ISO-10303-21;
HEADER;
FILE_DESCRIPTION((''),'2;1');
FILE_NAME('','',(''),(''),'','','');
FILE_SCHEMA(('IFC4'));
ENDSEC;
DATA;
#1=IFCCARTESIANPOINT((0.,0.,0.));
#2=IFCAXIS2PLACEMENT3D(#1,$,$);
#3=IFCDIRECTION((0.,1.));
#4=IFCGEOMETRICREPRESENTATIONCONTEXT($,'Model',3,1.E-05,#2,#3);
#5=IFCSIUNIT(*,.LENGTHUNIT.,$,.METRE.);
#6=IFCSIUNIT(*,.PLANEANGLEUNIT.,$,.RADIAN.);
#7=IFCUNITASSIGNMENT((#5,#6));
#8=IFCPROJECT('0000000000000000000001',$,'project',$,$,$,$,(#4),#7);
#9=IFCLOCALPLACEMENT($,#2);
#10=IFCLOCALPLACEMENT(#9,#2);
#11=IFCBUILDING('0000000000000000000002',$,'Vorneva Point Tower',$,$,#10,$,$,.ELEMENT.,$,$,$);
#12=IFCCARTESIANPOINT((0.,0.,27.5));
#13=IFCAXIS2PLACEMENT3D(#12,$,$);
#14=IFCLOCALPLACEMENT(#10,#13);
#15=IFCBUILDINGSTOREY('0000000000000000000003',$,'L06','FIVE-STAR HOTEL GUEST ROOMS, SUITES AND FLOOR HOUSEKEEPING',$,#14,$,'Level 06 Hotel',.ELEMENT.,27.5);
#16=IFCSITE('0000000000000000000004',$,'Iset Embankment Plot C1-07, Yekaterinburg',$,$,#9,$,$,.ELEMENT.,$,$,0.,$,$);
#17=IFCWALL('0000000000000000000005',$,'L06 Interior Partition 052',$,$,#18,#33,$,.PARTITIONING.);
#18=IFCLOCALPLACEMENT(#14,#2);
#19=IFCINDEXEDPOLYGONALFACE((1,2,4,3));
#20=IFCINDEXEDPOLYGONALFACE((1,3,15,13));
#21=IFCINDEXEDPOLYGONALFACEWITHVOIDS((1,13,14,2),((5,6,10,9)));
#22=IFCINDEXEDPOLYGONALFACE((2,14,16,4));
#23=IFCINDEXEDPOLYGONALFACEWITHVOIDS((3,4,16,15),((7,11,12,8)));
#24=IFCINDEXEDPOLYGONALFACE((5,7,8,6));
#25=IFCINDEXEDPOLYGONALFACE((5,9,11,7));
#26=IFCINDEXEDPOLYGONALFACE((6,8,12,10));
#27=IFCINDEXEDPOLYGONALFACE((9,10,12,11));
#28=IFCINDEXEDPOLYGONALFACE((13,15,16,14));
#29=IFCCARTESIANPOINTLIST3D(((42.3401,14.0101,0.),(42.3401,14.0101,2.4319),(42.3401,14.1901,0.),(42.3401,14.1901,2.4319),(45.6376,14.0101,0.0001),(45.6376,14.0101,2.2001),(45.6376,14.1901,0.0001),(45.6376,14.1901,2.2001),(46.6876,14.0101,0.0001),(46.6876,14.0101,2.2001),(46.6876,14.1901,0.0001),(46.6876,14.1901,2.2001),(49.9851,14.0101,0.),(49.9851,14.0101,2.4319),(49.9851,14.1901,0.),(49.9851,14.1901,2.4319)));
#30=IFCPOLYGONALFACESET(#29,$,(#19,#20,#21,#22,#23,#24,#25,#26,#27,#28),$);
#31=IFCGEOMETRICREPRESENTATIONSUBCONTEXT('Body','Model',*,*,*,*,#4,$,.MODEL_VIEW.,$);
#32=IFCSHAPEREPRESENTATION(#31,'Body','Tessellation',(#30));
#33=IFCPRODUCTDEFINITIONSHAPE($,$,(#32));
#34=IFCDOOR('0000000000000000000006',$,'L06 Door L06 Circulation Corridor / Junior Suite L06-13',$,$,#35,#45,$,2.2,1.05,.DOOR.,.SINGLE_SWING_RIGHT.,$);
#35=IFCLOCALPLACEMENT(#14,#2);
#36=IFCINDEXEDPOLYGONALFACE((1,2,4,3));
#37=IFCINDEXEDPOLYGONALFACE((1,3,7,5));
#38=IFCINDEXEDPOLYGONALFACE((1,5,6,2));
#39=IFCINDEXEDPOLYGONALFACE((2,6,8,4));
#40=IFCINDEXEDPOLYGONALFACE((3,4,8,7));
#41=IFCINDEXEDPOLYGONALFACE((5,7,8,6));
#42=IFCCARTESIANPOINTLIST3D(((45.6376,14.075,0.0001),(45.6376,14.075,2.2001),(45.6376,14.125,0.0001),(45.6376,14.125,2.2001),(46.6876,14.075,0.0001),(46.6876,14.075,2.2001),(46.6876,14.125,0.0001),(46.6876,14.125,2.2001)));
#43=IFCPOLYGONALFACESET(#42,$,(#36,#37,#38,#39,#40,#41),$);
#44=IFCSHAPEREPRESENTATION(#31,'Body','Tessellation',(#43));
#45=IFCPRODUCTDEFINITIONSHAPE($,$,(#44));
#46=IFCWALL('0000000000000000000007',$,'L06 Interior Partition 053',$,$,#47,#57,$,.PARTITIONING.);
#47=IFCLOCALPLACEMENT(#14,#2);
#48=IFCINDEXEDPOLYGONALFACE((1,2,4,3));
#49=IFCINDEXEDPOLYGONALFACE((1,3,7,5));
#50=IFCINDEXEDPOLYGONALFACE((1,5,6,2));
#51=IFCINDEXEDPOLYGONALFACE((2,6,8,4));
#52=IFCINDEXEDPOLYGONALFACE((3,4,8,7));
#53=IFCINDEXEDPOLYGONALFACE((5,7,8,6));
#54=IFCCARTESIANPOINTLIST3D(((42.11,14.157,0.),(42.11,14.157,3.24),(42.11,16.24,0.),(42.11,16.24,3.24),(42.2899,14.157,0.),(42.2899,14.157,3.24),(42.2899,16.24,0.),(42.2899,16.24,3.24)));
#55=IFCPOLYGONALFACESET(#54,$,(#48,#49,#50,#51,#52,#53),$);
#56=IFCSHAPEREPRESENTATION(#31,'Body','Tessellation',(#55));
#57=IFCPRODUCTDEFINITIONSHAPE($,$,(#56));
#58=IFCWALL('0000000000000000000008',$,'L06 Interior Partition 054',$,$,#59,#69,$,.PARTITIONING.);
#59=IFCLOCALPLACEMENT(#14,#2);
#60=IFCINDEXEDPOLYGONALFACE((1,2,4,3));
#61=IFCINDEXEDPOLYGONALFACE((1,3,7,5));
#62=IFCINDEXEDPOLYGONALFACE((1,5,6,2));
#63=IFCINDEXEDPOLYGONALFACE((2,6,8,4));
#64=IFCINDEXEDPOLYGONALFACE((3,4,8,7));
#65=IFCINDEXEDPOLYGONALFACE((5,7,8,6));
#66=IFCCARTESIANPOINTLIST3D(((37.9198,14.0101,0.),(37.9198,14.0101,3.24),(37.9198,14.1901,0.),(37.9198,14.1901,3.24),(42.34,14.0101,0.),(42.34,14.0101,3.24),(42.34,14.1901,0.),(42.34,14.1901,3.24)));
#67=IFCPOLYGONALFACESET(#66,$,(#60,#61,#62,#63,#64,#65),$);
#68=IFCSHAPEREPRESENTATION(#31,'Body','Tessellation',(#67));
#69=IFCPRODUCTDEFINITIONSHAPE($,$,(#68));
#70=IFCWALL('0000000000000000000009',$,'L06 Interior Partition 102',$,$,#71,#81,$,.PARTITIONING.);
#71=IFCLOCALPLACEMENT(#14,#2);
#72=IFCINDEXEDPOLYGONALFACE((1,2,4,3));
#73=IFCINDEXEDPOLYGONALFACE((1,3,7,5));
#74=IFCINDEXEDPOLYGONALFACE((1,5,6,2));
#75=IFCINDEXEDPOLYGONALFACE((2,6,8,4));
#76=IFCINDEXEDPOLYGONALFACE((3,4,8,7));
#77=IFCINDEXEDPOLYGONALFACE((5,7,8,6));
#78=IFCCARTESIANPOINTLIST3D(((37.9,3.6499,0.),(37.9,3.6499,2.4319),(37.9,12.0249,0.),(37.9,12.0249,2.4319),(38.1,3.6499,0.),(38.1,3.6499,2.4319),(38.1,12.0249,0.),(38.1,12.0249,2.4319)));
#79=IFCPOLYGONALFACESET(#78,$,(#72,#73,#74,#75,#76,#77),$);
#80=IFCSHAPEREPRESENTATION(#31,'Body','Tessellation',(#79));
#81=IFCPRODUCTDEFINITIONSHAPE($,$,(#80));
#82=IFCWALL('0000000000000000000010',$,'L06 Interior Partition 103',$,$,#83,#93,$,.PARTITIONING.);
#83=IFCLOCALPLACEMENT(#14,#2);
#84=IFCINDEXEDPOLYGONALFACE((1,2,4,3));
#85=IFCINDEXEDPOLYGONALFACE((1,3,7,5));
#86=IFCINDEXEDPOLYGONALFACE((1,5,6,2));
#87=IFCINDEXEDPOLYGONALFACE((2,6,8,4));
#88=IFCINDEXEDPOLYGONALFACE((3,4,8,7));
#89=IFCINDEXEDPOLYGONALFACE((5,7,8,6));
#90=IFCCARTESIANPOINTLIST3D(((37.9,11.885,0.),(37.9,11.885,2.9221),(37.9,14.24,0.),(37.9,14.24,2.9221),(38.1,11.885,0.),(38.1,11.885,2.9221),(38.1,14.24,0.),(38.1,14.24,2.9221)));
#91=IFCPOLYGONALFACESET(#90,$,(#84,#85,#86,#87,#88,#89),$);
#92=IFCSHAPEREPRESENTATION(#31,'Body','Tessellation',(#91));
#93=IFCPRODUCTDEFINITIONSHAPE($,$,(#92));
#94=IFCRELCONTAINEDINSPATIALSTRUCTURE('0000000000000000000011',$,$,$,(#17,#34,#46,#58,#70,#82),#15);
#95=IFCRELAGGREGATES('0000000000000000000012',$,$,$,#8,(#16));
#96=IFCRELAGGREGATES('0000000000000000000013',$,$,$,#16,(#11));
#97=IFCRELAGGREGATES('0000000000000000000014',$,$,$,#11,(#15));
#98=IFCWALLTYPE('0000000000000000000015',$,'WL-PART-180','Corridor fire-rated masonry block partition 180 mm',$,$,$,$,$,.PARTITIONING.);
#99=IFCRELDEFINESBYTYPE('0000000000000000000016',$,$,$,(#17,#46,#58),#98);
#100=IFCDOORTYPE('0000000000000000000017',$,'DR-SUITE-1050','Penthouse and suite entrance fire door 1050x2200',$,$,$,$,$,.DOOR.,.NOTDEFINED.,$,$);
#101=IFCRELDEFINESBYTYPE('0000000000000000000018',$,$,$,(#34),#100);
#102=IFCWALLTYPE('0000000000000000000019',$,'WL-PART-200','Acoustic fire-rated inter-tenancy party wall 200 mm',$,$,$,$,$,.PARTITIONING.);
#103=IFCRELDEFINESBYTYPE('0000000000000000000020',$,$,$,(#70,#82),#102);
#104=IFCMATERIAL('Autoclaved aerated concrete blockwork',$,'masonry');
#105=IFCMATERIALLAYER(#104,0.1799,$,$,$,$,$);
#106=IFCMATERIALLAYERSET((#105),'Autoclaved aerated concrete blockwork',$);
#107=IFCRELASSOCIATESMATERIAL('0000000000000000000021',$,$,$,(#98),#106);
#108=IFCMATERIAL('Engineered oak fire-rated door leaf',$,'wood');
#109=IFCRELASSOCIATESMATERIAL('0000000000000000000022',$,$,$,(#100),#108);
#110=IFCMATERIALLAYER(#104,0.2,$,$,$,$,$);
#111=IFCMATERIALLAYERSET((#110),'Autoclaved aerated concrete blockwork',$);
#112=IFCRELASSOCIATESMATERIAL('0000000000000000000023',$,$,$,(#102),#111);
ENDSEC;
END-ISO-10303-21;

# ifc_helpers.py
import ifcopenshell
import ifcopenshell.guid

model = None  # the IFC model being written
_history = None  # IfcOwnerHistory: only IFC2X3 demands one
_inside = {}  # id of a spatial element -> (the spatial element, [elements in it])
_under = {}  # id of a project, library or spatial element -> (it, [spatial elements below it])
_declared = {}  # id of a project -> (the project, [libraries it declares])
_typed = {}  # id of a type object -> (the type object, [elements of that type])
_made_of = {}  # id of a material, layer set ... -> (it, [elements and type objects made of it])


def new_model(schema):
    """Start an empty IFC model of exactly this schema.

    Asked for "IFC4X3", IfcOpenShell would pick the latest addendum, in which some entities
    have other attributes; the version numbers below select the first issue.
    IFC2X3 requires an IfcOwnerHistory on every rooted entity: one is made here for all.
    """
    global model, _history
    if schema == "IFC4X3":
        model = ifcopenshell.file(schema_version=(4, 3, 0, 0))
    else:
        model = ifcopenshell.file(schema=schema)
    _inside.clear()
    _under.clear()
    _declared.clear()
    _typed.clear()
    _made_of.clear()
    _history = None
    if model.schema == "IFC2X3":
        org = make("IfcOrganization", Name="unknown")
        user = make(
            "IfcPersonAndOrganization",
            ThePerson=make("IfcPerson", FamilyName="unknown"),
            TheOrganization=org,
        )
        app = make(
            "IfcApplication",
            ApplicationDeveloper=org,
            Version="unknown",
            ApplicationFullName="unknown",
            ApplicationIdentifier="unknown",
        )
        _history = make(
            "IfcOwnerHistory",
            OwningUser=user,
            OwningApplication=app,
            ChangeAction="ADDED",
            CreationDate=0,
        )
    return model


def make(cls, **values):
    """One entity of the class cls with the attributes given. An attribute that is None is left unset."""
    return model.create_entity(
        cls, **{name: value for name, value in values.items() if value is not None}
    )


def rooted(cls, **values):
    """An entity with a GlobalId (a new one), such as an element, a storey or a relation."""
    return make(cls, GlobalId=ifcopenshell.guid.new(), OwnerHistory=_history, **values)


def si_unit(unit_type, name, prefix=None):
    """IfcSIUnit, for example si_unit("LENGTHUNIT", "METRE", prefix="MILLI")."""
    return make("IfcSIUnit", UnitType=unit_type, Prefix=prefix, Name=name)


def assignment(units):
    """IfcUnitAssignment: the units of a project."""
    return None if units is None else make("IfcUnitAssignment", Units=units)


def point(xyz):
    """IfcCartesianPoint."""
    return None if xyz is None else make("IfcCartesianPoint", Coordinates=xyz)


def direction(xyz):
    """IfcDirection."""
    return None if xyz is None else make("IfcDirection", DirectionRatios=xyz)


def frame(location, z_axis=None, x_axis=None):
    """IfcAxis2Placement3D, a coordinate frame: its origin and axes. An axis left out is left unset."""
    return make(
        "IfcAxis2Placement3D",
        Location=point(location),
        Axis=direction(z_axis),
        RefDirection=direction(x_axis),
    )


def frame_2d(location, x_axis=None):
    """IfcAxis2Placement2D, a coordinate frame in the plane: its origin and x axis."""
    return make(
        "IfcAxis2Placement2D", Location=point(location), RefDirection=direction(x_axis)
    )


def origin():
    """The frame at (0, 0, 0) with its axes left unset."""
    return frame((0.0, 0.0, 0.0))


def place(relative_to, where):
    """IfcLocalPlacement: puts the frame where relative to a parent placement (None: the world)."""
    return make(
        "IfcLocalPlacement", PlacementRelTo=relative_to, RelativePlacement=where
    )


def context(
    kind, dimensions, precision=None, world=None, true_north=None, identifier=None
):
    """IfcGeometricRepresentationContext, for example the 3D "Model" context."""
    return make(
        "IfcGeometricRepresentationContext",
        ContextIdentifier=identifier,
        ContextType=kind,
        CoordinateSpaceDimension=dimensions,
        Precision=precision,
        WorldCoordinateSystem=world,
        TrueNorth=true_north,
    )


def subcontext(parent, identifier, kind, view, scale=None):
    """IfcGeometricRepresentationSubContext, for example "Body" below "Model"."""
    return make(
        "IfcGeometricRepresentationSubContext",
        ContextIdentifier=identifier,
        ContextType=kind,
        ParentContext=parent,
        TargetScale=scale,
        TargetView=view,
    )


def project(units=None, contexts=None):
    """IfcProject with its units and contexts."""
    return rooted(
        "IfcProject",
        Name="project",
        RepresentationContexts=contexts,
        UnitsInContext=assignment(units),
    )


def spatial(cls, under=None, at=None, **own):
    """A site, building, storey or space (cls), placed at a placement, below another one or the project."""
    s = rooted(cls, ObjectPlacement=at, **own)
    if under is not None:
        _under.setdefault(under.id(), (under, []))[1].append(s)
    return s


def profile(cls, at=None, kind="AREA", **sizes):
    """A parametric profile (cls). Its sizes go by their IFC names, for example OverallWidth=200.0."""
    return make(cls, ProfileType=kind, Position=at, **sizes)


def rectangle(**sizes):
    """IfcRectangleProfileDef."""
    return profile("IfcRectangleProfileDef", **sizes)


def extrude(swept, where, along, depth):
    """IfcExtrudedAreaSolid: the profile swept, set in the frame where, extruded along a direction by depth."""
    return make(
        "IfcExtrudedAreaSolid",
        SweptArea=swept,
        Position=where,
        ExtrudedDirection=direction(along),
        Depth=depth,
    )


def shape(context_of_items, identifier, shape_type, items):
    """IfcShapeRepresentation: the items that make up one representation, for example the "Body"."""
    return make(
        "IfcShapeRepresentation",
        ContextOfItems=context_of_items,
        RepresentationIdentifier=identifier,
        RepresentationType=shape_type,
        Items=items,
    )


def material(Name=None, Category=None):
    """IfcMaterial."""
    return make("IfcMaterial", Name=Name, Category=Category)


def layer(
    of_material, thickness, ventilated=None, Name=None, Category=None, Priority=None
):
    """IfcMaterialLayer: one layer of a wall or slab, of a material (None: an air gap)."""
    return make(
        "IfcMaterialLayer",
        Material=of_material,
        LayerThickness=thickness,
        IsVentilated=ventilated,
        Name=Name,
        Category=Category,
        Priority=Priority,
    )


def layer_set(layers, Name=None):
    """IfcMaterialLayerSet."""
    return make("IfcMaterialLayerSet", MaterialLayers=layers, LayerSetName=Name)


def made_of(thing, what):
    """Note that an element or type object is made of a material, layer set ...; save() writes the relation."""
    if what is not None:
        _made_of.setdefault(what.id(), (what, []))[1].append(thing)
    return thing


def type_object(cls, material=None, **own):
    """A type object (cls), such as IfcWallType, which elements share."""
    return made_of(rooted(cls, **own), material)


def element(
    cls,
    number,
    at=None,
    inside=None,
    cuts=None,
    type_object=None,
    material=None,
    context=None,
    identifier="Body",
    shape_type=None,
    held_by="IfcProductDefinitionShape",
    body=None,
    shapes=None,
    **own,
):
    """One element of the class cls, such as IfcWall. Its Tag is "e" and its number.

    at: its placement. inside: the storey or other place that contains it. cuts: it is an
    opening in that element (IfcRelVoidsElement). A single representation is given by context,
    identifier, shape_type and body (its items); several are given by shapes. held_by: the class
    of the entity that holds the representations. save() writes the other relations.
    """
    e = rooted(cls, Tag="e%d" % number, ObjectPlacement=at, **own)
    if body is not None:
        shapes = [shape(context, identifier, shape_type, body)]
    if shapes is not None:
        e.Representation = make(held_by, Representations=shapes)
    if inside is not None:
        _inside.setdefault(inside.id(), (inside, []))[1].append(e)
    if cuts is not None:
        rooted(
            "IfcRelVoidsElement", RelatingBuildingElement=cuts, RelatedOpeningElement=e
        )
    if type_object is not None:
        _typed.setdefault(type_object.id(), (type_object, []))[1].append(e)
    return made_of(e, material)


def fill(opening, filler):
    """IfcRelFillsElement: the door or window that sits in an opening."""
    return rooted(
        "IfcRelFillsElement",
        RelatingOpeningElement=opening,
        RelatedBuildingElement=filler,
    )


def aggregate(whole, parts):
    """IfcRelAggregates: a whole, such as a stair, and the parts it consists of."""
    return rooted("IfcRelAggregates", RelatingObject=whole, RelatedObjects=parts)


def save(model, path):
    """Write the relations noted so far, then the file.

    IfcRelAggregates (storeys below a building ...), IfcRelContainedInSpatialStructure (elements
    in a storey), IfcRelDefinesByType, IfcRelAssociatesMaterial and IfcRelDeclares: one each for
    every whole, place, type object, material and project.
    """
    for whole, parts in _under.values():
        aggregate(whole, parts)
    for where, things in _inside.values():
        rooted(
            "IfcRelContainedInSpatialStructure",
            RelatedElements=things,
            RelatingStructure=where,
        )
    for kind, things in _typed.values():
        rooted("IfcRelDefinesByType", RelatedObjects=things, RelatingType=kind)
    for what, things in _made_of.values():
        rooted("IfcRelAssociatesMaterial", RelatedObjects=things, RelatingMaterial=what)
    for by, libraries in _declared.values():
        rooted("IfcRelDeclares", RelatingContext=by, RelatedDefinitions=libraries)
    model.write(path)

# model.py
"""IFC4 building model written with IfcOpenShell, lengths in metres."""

from ifc_helpers import new_model, si_unit, direction, frame, frame_2d, origin, place, context, subcontext, project, spatial, rectangle, extrude, material, layer, layer_set, type_object, element, fill, save


model = new_model("IFC4")

# Units and contexts
model_context = context("Model", 3, precision=1e-05, world=origin(), true_north=direction((0.0, 1.0)))
body_context = subcontext(model_context, "Body", "Model", "MODEL_VIEW")
ifc_project = project(units=[si_unit("LENGTHUNIT", "METRE"), si_unit("PLANEANGLEUNIT", "RADIAN")], contexts=[model_context])

# Site, building, storey
site_placement = place(None, origin())
site = spatial("IfcSite", under=ifc_project, at=site_placement, Name="Iset Embankment Plot C1-07, Yekaterinburg", CompositionType="ELEMENT", RefElevation=0.0)
building_placement = place(site_placement, origin())
building = spatial("IfcBuilding", under=site, at=building_placement, Name="Vorneva Point Tower", CompositionType="ELEMENT")
storey_placement = place(building_placement, frame((0.0, 0.0, 27.5)))
storey = spatial("IfcBuildingStorey", under=building, at=storey_placement, Name="L06", Description="FIVE-STAR HOTEL GUEST ROOMS, SUITES AND FLOOR HOUSEKEEPING", LongName="Level 06 Hotel", CompositionType="ELEMENT", Elevation=27.5)

# Shared definitions
ifc_material_1 = material(Name="Engineered oak fire-rated door leaf", Category="wood")

# Shared definitions
ifc_material_2 = material(Name="Autoclaved aerated concrete blockwork", Category="masonry")
ifc_layer_1 = layer(ifc_material_2, 0.1799)
ifc_layer_set_1 = layer_set([ifc_layer_1], Name="Autoclaved aerated concrete blockwork")
wall_type_1 = type_object("IfcWallType", Name="WL-PART-180", Description="Corridor fire-rated masonry block partition 180 mm", PredefinedType="PARTITIONING", material=ifc_layer_set_1)

# Wall, opening, door
wall_1_placement = place(storey_placement, frame((42.3401, 14.1001, 0.0), z_axis=(0.0, 0.0, 1.0), x_axis=(1.0, 0.0, 0.0)))
wall_1 = element("IfcWall", 1, at=wall_1_placement, inside=storey, type_object=wall_type_1, Name="L06 Interior Partition 052", PredefinedType="PARTITIONING", context=body_context, shape_type="SweptSolid", body=[
    extrude(rectangle(XDim=7.645, YDim=0.1799, at=frame_2d((3.8225, 0.0))), origin(), (0.0, 0.0, 1.0), 2.4319),
])
opening_1_placement = place(wall_1_placement, frame((3.2976, 0.0, 0.0)))
opening_1 = element("IfcOpeningElement", 2, at=opening_1_placement, cuts=wall_1, PredefinedType="OPENING", context=body_context, shape_type="SweptSolid", body=[
    extrude(rectangle(XDim=1.05, YDim=2.2, at=frame_2d((0.5249, 1.1001))), frame((0.0, 0.105, 0.0), z_axis=(0.0, -1.0, 0.0), x_axis=(1.0, 0.0, 0.0)), (0.0, 0.0, 1.0), 0.2097),
])
door_type_1 = type_object("IfcDoorType", Name="DR-SUITE-1050", Description="Penthouse and suite entrance fire door 1050x2200", OperationType="NOTDEFINED", PredefinedType="DOOR", material=ifc_material_1)
door_1_placement = place(opening_1_placement, origin())
door_1 = element("IfcDoor", 3, at=door_1_placement, inside=storey, type_object=door_type_1, Name="L06 Door L06 Circulation Corridor / Junior Suite L06-13", OperationType="SINGLE_SWING_RIGHT", OverallHeight=2.2, OverallWidth=1.05, PredefinedType="DOOR", context=body_context, shape_type="SweptSolid", body=[
    extrude(rectangle(XDim=1.05, YDim=2.2, at=frame_2d((0.5249, 1.1001))), frame((0.0, 0.0249, 0.0), z_axis=(0.0, -1.0, 0.0), x_axis=(1.0, 0.0, 0.0)), (0.0, 0.0, 1.0), 0.05),
])
fill(opening_1, door_1)

# Walls
wall_2_placement = place(storey_placement, frame((42.2, 14.157, 0.0), z_axis=(0.0, 0.0, 1.0), x_axis=(0.0, 1.0, 0.0)))
element("IfcWall", 4, at=wall_2_placement, inside=storey, type_object=wall_type_1, Name="L06 Interior Partition 053", PredefinedType="PARTITIONING", context=body_context, shape_type="SweptSolid", body=[
    extrude(rectangle(XDim=2.083, YDim=0.1799, at=frame_2d((1.0415, 0.0))), origin(), (0.0, 0.0, 1.0), 3.24),
])
wall_3_placement = place(storey_placement, frame((37.9199, 14.1001, 0.0), z_axis=(0.0, 0.0, 1.0), x_axis=(1.0, 0.0, 0.0)))
element("IfcWall", 5, at=wall_3_placement, inside=storey, type_object=wall_type_1, Name="L06 Interior Partition 054", PredefinedType="PARTITIONING", context=body_context, shape_type="SweptSolid", body=[
    extrude(rectangle(XDim=4.4202, YDim=0.1799, at=frame_2d((2.21, 0.0))), origin(), (0.0, 0.0, 1.0), 3.24),
])
ifc_layer_2 = layer(ifc_material_2, 0.2)
ifc_layer_set_2 = layer_set([ifc_layer_2], Name="Autoclaved aerated concrete blockwork")
wall_type_2 = type_object("IfcWallType", Name="WL-PART-200", Description="Acoustic fire-rated inter-tenancy party wall 200 mm", PredefinedType="PARTITIONING", material=ifc_layer_set_2)
wall_4_placement = place(storey_placement, frame((38.0, 3.6499, 0.0), z_axis=(0.0, 0.0, 1.0), x_axis=(0.0, 1.0, 0.0)))
element("IfcWall", 6, at=wall_4_placement, inside=storey, type_object=wall_type_2, Name="L06 Interior Partition 102", PredefinedType="PARTITIONING", context=body_context, shape_type="SweptSolid", body=[
    extrude(rectangle(XDim=8.375, YDim=0.2, at=frame_2d((4.1875, 0.0))), origin(), (0.0, 0.0, 1.0), 2.4319),
])
wall_5_placement = place(storey_placement, frame((38.0, 11.885, 0.0), z_axis=(0.0, 0.0, 1.0), x_axis=(0.0, 1.0, 0.0)))
element("IfcWall", 7, at=wall_5_placement, inside=storey, type_object=wall_type_2, Name="L06 Interior Partition 103", PredefinedType="PARTITIONING", context=body_context, shape_type="SweptSolid", body=[
    extrude(rectangle(XDim=2.355, YDim=0.2, at=frame_2d((1.1775, 0.0))), origin(), (0.0, 0.0, 1.0), 2.9221),
])

save(model, "model.ifc")
